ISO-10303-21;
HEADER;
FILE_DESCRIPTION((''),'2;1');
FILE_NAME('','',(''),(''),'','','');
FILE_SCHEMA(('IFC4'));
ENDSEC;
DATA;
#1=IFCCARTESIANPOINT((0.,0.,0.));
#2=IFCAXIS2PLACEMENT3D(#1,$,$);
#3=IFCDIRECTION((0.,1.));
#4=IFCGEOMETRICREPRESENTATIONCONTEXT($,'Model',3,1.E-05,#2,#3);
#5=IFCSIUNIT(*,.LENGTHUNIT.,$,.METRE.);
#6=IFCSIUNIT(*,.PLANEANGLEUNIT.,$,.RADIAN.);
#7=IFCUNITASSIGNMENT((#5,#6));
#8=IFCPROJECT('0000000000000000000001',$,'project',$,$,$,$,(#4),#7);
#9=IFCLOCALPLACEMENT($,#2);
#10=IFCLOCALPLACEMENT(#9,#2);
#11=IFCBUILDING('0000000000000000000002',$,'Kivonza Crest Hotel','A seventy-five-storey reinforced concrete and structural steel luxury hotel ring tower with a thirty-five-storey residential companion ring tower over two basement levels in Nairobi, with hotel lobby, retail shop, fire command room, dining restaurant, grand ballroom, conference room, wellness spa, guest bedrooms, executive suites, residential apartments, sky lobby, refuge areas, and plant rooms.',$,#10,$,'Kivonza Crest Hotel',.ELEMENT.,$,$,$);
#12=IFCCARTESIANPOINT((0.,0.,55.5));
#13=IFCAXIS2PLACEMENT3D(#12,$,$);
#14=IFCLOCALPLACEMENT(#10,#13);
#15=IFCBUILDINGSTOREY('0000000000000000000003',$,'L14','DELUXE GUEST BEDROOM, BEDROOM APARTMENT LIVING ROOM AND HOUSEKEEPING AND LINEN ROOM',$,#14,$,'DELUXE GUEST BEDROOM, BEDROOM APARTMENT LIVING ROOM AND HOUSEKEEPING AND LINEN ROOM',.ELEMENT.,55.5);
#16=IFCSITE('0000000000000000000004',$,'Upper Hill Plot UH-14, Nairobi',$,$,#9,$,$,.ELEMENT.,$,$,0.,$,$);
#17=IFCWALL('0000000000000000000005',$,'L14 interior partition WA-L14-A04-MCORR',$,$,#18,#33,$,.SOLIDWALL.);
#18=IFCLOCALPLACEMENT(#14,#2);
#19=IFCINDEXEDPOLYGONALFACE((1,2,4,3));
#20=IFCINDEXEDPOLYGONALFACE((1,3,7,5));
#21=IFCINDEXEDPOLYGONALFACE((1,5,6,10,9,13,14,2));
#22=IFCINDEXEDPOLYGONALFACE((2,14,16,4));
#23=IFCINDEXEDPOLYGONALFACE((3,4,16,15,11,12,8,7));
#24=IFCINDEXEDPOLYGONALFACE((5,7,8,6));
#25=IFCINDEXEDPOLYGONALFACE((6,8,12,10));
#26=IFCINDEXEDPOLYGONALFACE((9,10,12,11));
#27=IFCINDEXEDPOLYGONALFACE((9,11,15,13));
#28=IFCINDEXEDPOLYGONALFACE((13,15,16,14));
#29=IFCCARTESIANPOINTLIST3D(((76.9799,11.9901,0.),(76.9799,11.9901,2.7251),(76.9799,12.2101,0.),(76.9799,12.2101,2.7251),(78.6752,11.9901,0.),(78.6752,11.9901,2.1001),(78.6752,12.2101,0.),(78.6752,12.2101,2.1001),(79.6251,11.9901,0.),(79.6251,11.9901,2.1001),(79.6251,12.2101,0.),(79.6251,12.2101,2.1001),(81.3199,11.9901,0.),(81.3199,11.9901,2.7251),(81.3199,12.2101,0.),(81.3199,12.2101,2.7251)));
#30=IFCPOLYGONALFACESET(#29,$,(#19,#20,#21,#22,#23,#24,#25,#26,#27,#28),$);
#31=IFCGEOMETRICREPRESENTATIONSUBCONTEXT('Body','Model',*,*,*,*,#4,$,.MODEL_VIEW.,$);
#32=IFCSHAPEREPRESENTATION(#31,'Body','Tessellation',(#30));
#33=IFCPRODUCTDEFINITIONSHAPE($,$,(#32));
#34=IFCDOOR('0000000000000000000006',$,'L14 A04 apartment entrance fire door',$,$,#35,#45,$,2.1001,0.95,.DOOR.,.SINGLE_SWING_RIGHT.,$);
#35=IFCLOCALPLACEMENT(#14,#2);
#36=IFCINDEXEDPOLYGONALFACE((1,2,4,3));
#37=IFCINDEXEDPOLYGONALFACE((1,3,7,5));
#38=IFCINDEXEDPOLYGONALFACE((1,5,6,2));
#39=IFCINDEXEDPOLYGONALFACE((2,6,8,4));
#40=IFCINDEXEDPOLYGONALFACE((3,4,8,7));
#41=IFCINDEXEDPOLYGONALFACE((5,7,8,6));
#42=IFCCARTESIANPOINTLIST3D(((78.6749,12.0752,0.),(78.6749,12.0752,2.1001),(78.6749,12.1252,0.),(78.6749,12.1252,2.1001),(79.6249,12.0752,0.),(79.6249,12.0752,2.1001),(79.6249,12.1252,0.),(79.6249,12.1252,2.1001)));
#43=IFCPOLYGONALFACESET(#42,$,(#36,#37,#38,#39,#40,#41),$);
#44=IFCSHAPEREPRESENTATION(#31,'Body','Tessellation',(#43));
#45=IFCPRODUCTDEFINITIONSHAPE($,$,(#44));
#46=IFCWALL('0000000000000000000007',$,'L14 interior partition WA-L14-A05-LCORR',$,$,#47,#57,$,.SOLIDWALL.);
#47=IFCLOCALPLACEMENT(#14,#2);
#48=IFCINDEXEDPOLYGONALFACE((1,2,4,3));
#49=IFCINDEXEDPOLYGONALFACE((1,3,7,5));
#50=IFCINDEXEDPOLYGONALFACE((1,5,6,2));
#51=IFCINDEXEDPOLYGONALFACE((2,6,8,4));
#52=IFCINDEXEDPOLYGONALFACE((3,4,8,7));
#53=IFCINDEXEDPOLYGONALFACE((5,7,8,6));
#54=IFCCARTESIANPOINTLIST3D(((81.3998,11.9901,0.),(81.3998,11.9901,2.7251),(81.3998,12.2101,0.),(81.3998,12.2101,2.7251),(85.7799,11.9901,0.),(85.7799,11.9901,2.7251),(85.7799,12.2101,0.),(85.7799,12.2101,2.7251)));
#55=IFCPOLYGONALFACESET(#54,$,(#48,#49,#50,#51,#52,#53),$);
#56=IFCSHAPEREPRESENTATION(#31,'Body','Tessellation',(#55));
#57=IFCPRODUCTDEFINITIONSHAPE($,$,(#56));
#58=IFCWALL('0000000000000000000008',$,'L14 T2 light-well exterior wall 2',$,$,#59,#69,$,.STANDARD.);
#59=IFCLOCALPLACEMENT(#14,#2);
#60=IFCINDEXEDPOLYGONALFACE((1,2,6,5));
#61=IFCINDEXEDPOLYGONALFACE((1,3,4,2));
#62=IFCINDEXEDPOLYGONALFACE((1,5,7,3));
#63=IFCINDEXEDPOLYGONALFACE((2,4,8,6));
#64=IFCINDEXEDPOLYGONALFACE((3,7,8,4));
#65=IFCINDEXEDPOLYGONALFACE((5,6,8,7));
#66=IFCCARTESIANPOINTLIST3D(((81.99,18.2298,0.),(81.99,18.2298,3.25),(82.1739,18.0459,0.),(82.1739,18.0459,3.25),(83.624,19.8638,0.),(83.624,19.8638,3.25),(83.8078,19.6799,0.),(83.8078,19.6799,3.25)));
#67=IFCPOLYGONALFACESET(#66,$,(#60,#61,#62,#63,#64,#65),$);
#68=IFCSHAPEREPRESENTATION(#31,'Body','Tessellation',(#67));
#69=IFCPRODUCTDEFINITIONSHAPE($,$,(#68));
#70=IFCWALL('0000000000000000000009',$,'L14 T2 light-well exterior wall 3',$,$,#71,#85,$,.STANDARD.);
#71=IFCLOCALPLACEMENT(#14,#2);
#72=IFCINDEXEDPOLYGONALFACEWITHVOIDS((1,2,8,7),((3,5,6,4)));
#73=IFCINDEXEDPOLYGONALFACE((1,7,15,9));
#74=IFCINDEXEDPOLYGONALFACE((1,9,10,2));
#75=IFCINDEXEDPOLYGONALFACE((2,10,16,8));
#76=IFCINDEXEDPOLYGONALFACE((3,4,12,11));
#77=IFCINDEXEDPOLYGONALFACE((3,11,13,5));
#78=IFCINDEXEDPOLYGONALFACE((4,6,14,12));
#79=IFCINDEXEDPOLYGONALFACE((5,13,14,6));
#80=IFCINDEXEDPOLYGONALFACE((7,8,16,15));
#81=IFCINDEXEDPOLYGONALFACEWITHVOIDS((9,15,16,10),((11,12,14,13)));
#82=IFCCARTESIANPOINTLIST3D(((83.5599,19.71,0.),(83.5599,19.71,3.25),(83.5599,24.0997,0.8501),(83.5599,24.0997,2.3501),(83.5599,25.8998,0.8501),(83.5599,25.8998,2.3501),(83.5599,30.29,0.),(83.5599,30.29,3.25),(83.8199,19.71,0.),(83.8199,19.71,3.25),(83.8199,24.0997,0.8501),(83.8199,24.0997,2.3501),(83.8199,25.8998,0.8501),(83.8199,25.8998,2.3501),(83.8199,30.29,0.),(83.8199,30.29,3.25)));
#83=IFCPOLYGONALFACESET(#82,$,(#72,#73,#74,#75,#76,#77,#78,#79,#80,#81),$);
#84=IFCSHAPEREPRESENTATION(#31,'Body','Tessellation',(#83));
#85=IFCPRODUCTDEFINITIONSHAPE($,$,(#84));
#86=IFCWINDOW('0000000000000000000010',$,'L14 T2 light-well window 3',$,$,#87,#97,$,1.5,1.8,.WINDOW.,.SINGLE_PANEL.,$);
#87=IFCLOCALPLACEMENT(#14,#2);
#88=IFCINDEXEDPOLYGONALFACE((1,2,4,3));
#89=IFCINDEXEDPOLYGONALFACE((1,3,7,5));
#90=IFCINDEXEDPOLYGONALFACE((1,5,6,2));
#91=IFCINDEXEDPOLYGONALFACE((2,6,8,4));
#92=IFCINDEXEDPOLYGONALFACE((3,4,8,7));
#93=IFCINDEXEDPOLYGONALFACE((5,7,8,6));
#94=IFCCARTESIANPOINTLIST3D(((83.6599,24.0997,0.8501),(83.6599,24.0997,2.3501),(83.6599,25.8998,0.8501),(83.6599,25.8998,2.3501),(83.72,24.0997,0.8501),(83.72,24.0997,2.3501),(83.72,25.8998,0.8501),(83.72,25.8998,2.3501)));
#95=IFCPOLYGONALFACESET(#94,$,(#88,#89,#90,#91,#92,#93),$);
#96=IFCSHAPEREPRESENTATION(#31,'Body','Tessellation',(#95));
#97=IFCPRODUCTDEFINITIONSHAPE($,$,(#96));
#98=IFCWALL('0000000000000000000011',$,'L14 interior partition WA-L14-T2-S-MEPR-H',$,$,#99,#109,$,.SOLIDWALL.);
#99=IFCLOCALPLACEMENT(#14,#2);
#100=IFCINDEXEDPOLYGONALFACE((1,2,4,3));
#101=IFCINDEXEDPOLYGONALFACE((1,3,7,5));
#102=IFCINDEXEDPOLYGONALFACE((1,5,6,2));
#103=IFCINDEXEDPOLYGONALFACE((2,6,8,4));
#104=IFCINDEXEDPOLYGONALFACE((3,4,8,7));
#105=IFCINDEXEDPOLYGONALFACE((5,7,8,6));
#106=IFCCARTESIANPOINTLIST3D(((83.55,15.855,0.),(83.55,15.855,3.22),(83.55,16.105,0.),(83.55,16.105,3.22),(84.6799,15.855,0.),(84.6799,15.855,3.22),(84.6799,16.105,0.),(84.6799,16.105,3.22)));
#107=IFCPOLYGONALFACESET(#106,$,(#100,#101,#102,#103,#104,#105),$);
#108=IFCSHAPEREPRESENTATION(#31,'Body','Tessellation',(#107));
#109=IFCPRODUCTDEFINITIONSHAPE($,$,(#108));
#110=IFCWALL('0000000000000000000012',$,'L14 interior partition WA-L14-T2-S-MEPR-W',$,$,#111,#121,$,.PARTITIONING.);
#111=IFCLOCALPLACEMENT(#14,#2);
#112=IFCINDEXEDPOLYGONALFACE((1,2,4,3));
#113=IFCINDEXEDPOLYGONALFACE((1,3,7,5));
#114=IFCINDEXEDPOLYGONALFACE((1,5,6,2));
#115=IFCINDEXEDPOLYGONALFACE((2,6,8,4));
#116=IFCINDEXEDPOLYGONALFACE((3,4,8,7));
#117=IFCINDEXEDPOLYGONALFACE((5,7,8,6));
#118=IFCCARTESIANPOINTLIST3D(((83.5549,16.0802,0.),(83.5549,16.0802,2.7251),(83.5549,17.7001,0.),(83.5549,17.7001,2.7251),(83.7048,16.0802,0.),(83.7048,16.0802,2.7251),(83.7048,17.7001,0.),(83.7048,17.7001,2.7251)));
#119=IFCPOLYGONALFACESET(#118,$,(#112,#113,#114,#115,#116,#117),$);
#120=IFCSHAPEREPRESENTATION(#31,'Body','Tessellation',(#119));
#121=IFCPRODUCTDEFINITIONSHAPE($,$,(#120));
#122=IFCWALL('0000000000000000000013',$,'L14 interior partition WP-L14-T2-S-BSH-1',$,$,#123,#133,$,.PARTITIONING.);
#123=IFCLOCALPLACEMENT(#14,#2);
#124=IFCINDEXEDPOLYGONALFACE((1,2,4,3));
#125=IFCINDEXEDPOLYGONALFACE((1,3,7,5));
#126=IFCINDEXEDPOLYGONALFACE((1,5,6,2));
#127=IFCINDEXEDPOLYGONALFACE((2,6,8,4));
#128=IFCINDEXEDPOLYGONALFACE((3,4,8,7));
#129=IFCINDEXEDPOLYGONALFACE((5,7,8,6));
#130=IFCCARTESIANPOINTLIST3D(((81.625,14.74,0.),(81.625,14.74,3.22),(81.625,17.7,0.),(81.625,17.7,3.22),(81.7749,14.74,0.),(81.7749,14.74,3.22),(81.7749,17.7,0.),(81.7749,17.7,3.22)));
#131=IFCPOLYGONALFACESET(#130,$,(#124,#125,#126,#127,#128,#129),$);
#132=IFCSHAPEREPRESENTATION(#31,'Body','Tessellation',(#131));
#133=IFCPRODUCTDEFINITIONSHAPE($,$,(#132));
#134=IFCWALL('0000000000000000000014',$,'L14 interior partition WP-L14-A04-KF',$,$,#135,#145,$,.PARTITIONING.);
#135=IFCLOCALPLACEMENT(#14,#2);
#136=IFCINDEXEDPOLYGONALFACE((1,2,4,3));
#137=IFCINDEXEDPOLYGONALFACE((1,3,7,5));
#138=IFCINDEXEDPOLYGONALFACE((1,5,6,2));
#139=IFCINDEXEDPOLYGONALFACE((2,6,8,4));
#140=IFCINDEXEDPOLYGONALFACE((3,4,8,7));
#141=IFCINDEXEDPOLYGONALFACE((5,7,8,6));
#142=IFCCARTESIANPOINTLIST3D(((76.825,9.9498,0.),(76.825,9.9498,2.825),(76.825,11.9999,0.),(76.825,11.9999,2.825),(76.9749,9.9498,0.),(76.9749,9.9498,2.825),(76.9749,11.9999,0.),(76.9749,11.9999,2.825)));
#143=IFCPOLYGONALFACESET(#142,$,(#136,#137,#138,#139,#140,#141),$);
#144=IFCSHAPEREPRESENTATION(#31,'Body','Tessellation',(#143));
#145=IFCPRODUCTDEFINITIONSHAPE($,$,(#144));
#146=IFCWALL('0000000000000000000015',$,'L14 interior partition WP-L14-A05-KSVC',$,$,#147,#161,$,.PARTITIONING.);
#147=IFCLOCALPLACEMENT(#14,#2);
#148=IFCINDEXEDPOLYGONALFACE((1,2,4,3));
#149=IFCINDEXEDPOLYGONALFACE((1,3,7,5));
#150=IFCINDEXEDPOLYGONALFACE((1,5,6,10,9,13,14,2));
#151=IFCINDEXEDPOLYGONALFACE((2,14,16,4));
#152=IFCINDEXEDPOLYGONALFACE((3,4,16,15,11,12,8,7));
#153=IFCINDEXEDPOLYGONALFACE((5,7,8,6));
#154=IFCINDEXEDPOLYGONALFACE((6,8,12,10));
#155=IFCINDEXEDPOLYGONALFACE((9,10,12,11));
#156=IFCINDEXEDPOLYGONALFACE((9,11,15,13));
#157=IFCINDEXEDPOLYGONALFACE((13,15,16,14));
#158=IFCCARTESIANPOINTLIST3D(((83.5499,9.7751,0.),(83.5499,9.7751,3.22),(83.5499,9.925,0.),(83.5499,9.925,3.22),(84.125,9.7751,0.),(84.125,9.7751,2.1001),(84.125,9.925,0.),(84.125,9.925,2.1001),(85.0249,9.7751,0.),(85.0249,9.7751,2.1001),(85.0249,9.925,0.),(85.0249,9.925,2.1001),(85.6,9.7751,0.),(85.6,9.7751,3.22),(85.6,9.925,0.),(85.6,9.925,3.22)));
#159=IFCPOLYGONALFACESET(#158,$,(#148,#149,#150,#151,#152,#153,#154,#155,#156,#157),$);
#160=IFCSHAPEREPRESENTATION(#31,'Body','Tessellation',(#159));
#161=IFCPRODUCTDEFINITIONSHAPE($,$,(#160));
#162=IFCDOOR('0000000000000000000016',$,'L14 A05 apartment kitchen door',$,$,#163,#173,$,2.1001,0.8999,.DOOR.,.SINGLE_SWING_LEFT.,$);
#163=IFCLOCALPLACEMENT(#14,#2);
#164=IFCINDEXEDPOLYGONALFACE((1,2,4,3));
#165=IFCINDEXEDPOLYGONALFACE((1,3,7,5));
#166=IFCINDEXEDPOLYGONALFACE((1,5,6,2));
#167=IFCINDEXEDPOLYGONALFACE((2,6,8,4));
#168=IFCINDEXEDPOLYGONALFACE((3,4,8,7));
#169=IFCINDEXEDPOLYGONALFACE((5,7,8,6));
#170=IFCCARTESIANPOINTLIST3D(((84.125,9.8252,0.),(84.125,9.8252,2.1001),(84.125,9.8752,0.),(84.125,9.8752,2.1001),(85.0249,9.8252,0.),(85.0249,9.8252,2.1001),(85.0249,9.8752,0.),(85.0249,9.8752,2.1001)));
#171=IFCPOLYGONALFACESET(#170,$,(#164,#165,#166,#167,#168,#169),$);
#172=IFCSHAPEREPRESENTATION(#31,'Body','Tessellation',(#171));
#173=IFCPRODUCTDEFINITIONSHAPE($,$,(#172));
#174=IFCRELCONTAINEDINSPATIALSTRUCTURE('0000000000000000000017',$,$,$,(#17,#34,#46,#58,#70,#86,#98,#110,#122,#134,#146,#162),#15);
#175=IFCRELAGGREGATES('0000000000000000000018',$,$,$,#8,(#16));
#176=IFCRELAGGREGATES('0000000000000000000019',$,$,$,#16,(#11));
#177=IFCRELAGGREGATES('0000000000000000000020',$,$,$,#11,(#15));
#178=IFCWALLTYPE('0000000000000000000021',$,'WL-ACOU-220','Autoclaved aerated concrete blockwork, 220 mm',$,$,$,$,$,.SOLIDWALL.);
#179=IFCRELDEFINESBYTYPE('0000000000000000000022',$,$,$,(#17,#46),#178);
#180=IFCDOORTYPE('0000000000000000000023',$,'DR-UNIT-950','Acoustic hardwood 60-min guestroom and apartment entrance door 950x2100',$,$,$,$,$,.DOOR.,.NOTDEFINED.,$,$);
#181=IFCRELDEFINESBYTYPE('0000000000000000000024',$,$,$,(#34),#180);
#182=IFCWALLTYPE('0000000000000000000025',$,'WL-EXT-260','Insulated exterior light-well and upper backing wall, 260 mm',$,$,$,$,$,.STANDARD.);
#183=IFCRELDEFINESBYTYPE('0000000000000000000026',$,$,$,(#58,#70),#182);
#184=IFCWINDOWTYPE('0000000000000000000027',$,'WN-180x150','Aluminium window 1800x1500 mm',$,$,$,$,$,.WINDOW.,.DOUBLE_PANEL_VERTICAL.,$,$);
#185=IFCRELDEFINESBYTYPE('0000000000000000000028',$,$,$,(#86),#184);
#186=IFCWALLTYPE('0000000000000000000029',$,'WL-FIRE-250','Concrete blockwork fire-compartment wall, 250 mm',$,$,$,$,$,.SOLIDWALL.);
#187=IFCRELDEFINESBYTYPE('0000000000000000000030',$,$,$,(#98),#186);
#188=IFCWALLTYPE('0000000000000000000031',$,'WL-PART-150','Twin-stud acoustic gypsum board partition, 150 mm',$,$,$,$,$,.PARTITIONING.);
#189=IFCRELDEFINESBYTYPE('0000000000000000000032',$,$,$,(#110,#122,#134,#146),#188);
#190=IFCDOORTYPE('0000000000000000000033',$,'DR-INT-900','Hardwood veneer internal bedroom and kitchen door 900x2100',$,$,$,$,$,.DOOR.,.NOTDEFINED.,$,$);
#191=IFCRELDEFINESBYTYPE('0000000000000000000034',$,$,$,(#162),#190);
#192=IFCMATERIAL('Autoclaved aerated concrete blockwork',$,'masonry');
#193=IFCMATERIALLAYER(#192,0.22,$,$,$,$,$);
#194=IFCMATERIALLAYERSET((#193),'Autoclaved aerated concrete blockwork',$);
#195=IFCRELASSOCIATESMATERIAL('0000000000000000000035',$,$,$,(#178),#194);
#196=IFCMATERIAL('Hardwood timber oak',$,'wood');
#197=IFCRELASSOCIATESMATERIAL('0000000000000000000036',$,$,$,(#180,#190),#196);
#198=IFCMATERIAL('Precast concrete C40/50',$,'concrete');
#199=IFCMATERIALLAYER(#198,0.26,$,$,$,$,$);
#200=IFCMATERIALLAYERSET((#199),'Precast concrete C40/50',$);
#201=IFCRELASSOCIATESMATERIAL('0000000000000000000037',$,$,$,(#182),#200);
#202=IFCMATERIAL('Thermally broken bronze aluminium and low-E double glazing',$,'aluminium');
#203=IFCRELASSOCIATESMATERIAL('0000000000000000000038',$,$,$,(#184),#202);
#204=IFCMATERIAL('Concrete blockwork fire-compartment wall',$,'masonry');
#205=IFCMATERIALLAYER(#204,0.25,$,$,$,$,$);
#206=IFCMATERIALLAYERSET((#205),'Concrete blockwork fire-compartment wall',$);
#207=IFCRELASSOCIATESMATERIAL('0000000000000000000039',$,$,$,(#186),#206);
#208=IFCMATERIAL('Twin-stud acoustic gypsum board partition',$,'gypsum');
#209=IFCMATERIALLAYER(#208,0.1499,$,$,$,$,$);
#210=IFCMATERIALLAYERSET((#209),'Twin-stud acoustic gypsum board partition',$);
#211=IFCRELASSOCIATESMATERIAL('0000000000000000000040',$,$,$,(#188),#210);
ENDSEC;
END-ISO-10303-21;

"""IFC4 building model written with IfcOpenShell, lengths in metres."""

from ifc_helpers import new_model, si_unit, direction, frame, frame_2d, origin, place, context, subcontext, project, spatial, rectangle, extrude, material, layer, layer_set, type_object, element, fill, save


model = new_model("IFC4")

# Units and contexts
model_context = context("Model", 3, precision=1e-05, world=origin(), true_north=direction((0.0, 1.0)))
body_context = subcontext(model_context, "Body", "Model", "MODEL_VIEW")
ifc_project = project(units=[si_unit("LENGTHUNIT", "METRE"), si_unit("PLANEANGLEUNIT", "RADIAN")], contexts=[model_context])

# Site, building, storey
site_placement = place(None, origin())
site = spatial("IfcSite", under=ifc_project, at=site_placement, Name="Upper Hill Plot UH-14, Nairobi", CompositionType="ELEMENT", RefElevation=0.0)
building_placement = place(site_placement, origin())
building = spatial("IfcBuilding", under=site, at=building_placement, Name="Kivonza Crest Hotel", Description="A seventy-five-storey reinforced concrete and structural steel luxury hotel ring tower with a thirty-five-storey residential companion ring tower over two basement levels in Nairobi, with hotel lobby, retail shop, fire command room, dining restaurant, grand ballroom, conference room, wellness spa, guest bedrooms, executive suites, residential apartments, sky lobby, refuge areas, and plant rooms.", LongName="Kivonza Crest Hotel", CompositionType="ELEMENT")
storey_placement = place(building_placement, frame((0.0, 0.0, 55.5)))
storey = spatial("IfcBuildingStorey", under=building, at=storey_placement, Name="L14", Description="DELUXE GUEST BEDROOM, BEDROOM APARTMENT LIVING ROOM AND HOUSEKEEPING AND LINEN ROOM", LongName="DELUXE GUEST BEDROOM, BEDROOM APARTMENT LIVING ROOM AND HOUSEKEEPING AND LINEN ROOM", CompositionType="ELEMENT", Elevation=55.5)

# Wall, opening, door
ifc_material_1 = material(Name="Autoclaved aerated concrete blockwork", Category="masonry")
ifc_layer_1 = layer(ifc_material_1, 0.22)
ifc_layer_set_1 = layer_set([ifc_layer_1], Name="Autoclaved aerated concrete blockwork")
wall_type_1 = type_object("IfcWallType", Name="WL-ACOU-220", Description="Autoclaved aerated concrete blockwork, 220 mm", PredefinedType="SOLIDWALL", material=ifc_layer_set_1)
wall_1_placement = place(storey_placement, frame((76.98, 12.1001, 0.0), z_axis=(0.0, 0.0, 1.0), x_axis=(1.0, 0.0, 0.0)))
wall_1 = element("IfcWall", 1, at=wall_1_placement, inside=storey, type_object=wall_type_1, Name="L14 interior partition WA-L14-A04-MCORR", PredefinedType="SOLIDWALL", context=body_context, shape_type="SweptSolid", body=[
    extrude(rectangle(XDim=4.3401, YDim=0.22, at=frame_2d((2.1699, 0.0))), origin(), (0.0, 0.0, 1.0), 2.7251),
])
opening_1_placement = place(wall_1_placement, frame((1.6951, 0.0, 0.0)))
opening_1 = element("IfcOpeningElement", 2, at=opening_1_placement, cuts=wall_1, PredefinedType="OPENING", context=body_context, shape_type="SweptSolid", body=[
    extrude(rectangle(XDim=0.95, YDim=2.1001, at=frame_2d((0.4751, 1.05))), frame((0.0, 0.1201, 0.0), z_axis=(0.0, -1.0, 0.0), x_axis=(1.0, 0.0, 0.0)), (0.0, 0.0, 1.0), 0.24),
])
ifc_material_2 = material(Name="Hardwood timber oak", Category="wood")
door_type_1 = type_object("IfcDoorType", Name="DR-UNIT-950", Description="Acoustic hardwood 60-min guestroom and apartment entrance door 950x2100", OperationType="NOTDEFINED", PredefinedType="DOOR", material=ifc_material_2)
door_1_placement = place(opening_1_placement, frame((0.95, 0.0, 0.0), z_axis=(0.0, 0.0, 1.0), x_axis=(-1.0, 0.0, 0.0)))
door_1 = element("IfcDoor", 3, at=door_1_placement, inside=storey, type_object=door_type_1, Name="L14 A04 apartment entrance fire door", OperationType="SINGLE_SWING_RIGHT", OverallHeight=2.1001, OverallWidth=0.95, PredefinedType="DOOR", context=body_context, shape_type="SweptSolid", body=[
    extrude(rectangle(XDim=0.95, YDim=2.1001, at=frame_2d((0.4751, 1.05))), frame((0.0, 0.0249, 0.0), z_axis=(0.0, -1.0, 0.0), x_axis=(1.0, 0.0, 0.0)), (0.0, 0.0, 1.0), 0.05),
])
fill(opening_1, door_1)

# Walls
wall_2_placement = place(storey_placement, frame((81.3999, 12.1001, 0.0), z_axis=(0.0, 0.0, 1.0), x_axis=(1.0, 0.0, 0.0)))
element("IfcWall", 4, at=wall_2_placement, inside=storey, type_object=wall_type_1, Name="L14 interior partition WA-L14-A05-LCORR", PredefinedType="SOLIDWALL", context=body_context, shape_type="SweptSolid", body=[
    extrude(rectangle(XDim=4.3801, YDim=0.22, at=frame_2d((2.1899, 0.0))), origin(), (0.0, 0.0, 1.0), 2.7251),
])
ifc_material_3 = material(Name="Precast concrete C40/50", Category="concrete")
ifc_layer_2 = layer(ifc_material_3, 0.26)
ifc_layer_set_2 = layer_set([ifc_layer_2], Name="Precast concrete C40/50")
wall_type_2 = type_object("IfcWallType", Name="WL-EXT-260", Description="Insulated exterior light-well and upper backing wall, 260 mm", PredefinedType="STANDARD", material=ifc_layer_set_2)
wall_3_placement = place(storey_placement, frame((82.082, 18.1379, 0.0), z_axis=(0.0, 0.0, 1.0), x_axis=(0.707107, 0.707107, 0.0)))
element("IfcWall", 5, at=wall_3_placement, inside=storey, type_object=wall_type_2, Name="L14 T2 light-well exterior wall 2", PredefinedType="STANDARD", context=body_context, shape_type="SweptSolid", body=[
    extrude(rectangle(XDim=2.3108, YDim=0.26, at=frame_2d((1.1553, 0.0))), origin(), (0.0, 0.0, 1.0), 3.25),
])

# Wall, opening, window
wall_4_placement = place(storey_placement, frame((83.6899, 19.71, 0.0), z_axis=(0.0, 0.0, 1.0), x_axis=(0.0, 1.0, 0.0)))
wall_4 = element("IfcWall", 6, at=wall_4_placement, inside=storey, type_object=wall_type_2, Name="L14 T2 light-well exterior wall 3", PredefinedType="STANDARD", context=body_context, shape_type="SweptSolid", body=[
    extrude(rectangle(XDim=10.5801, YDim=0.26, at=frame_2d((5.29, 0.0))), origin(), (0.0, 0.0, 1.0), 3.25),
])
opening_2_placement = place(wall_4_placement, frame((4.3899, 0.0, 0.8501)))
opening_2 = element("IfcOpeningElement", 7, at=opening_2_placement, cuts=wall_4, PredefinedType="OPENING", context=body_context, shape_type="SweptSolid", body=[
    extrude(rectangle(XDim=1.8, YDim=1.5, at=frame_2d((0.8999, 0.75))), frame((0.0, 0.1401, 0.0), z_axis=(0.0, -1.0, 0.0), x_axis=(1.0, 0.0, 0.0)), (0.0, 0.0, 1.0), 0.28),
])
ifc_material_4 = material(Name="Thermally broken bronze aluminium and low-E double glazing", Category="aluminium")
window_type = type_object("IfcWindowType", Name="WN-180x150", Description="Aluminium window 1800x1500 mm", PartitioningType="DOUBLE_PANEL_VERTICAL", PredefinedType="WINDOW", material=ifc_material_4)
window_placement = place(opening_2_placement, origin())
window = element("IfcWindow", 8, at=window_placement, inside=storey, type_object=window_type, Name="L14 T2 light-well window 3", OverallHeight=1.5, OverallWidth=1.8, PartitioningType="SINGLE_PANEL", PredefinedType="WINDOW", context=body_context, shape_type="SweptSolid", body=[
    extrude(rectangle(XDim=1.8, YDim=1.5, at=frame_2d((0.8999, 0.75))), frame((0.0, 0.03, 0.0), z_axis=(0.0, -1.0, 0.0), x_axis=(1.0, 0.0, 0.0)), (0.0, 0.0, 1.0), 0.0601),
])
fill(opening_2, window)

# Walls
ifc_material_5 = material(Name="Concrete blockwork fire-compartment wall", Category="masonry")
ifc_layer_3 = layer(ifc_material_5, 0.25)
ifc_layer_set_3 = layer_set([ifc_layer_3], Name="Concrete blockwork fire-compartment wall")
wall_type_3 = type_object("IfcWallType", Name="WL-FIRE-250", Description="Concrete blockwork fire-compartment wall, 250 mm", PredefinedType="SOLIDWALL", material=ifc_layer_set_3)
wall_5_placement = place(storey_placement, frame((83.55, 15.98, 0.0), z_axis=(0.0, 0.0, 1.0), x_axis=(1.0, 0.0, 0.0)))
element("IfcWall", 9, at=wall_5_placement, inside=storey, type_object=wall_type_3, Name="L14 interior partition WA-L14-T2-S-MEPR-H", PredefinedType="SOLIDWALL", context=body_context, shape_type="SweptSolid", body=[
    extrude(rectangle(XDim=1.1299, YDim=0.25, at=frame_2d((0.5649, 0.0))), origin(), (0.0, 0.0, 1.0), 3.22),
])
ifc_material_6 = material(Name="Twin-stud acoustic gypsum board partition", Category="gypsum")
ifc_layer_4 = layer(ifc_material_6, 0.1499)
ifc_layer_set_4 = layer_set([ifc_layer_4], Name="Twin-stud acoustic gypsum board partition")
wall_type_4 = type_object("IfcWallType", Name="WL-PART-150", Description="Twin-stud acoustic gypsum board partition, 150 mm", PredefinedType="PARTITIONING", material=ifc_layer_set_4)
wall_6_placement = place(storey_placement, frame((83.6299, 16.0801, 0.0), z_axis=(0.0, 0.0, 1.0), x_axis=(0.0, 1.0, 0.0)))
element("IfcWall", 10, at=wall_6_placement, inside=storey, type_object=wall_type_4, Name="L14 interior partition WA-L14-T2-S-MEPR-W", PredefinedType="PARTITIONING", context=body_context, shape_type="SweptSolid", body=[
    extrude(rectangle(XDim=1.6199, YDim=0.1499, at=frame_2d((0.8101, 0.0))), origin(), (0.0, 0.0, 1.0), 2.7251),
])
wall_7_placement = place(storey_placement, frame((81.7, 14.74, 0.0), z_axis=(0.0, 0.0, 1.0), x_axis=(0.0, 1.0, 0.0)))
element("IfcWall", 11, at=wall_7_placement, inside=storey, type_object=wall_type_4, Name="L14 interior partition WP-L14-T2-S-BSH-1", PredefinedType="PARTITIONING", context=body_context, shape_type="SweptSolid", body=[
    extrude(rectangle(XDim=2.96, YDim=0.1499, at=frame_2d((1.48, 0.0))), origin(), (0.0, 0.0, 1.0), 3.22),
])
wall_8_placement = place(storey_placement, frame((76.8999, 9.95, 0.0), z_axis=(0.0, 0.0, 1.0), x_axis=(0.0, 1.0, 0.0)))
element("IfcWall", 12, at=wall_8_placement, inside=storey, type_object=wall_type_4, Name="L14 interior partition WP-L14-A04-KF", PredefinedType="PARTITIONING", context=body_context, shape_type="SweptSolid", body=[
    extrude(rectangle(XDim=2.05, YDim=0.1499, at=frame_2d((1.0249, 0.0))), origin(), (0.0, 0.0, 1.0), 2.825),
])

# Wall, opening, door
wall_9_placement = place(storey_placement, frame((83.55, 9.8501, 0.0), z_axis=(0.0, 0.0, 1.0), x_axis=(1.0, 0.0, 0.0)))
wall_9 = element("IfcWall", 13, at=wall_9_placement, inside=storey, type_object=wall_type_4, Name="L14 interior partition WP-L14-A05-KSVC", PredefinedType="PARTITIONING", context=body_context, shape_type="SweptSolid", body=[
    extrude(rectangle(XDim=2.05, YDim=0.1499, at=frame_2d((1.0249, 0.0))), origin(), (0.0, 0.0, 1.0), 3.22),
])
opening_3_placement = place(wall_9_placement, frame((0.575, 0.0, 0.0)))
opening_3 = element("IfcOpeningElement", 14, at=opening_3_placement, cuts=wall_9, PredefinedType="OPENING", context=body_context, shape_type="SweptSolid", body=[
    extrude(rectangle(XDim=0.8999, YDim=2.1001, at=frame_2d((0.45, 1.05))), frame((0.0, 0.085, 0.0), z_axis=(0.0, -1.0, 0.0), x_axis=(1.0, 0.0, 0.0)), (0.0, 0.0, 1.0), 0.1699),
])
door_type_2 = type_object("IfcDoorType", Name="DR-INT-900", Description="Hardwood veneer internal bedroom and kitchen door 900x2100", OperationType="NOTDEFINED", PredefinedType="DOOR", material=ifc_material_2)
door_2_placement = place(opening_3_placement, frame((0.8999, 0.0, 0.0), z_axis=(0.0, 0.0, 1.0), x_axis=(-1.0, 0.0, 0.0)))
door_2 = element("IfcDoor", 15, at=door_2_placement, inside=storey, type_object=door_type_2, Name="L14 A05 apartment kitchen door", OperationType="SINGLE_SWING_LEFT", OverallHeight=2.1001, OverallWidth=0.8999, PredefinedType="DOOR", context=body_context, shape_type="SweptSolid", body=[
    extrude(rectangle(XDim=0.8999, YDim=2.1001, at=frame_2d((0.45, 1.05))), frame((0.0, 0.0249, 0.0), z_axis=(0.0, -1.0, 0.0), x_axis=(1.0, 0.0, 0.0)), (0.0, 0.0, 1.0), 0.05),
])
fill(opening_3, door_2)

save(model, "model.ifc")
